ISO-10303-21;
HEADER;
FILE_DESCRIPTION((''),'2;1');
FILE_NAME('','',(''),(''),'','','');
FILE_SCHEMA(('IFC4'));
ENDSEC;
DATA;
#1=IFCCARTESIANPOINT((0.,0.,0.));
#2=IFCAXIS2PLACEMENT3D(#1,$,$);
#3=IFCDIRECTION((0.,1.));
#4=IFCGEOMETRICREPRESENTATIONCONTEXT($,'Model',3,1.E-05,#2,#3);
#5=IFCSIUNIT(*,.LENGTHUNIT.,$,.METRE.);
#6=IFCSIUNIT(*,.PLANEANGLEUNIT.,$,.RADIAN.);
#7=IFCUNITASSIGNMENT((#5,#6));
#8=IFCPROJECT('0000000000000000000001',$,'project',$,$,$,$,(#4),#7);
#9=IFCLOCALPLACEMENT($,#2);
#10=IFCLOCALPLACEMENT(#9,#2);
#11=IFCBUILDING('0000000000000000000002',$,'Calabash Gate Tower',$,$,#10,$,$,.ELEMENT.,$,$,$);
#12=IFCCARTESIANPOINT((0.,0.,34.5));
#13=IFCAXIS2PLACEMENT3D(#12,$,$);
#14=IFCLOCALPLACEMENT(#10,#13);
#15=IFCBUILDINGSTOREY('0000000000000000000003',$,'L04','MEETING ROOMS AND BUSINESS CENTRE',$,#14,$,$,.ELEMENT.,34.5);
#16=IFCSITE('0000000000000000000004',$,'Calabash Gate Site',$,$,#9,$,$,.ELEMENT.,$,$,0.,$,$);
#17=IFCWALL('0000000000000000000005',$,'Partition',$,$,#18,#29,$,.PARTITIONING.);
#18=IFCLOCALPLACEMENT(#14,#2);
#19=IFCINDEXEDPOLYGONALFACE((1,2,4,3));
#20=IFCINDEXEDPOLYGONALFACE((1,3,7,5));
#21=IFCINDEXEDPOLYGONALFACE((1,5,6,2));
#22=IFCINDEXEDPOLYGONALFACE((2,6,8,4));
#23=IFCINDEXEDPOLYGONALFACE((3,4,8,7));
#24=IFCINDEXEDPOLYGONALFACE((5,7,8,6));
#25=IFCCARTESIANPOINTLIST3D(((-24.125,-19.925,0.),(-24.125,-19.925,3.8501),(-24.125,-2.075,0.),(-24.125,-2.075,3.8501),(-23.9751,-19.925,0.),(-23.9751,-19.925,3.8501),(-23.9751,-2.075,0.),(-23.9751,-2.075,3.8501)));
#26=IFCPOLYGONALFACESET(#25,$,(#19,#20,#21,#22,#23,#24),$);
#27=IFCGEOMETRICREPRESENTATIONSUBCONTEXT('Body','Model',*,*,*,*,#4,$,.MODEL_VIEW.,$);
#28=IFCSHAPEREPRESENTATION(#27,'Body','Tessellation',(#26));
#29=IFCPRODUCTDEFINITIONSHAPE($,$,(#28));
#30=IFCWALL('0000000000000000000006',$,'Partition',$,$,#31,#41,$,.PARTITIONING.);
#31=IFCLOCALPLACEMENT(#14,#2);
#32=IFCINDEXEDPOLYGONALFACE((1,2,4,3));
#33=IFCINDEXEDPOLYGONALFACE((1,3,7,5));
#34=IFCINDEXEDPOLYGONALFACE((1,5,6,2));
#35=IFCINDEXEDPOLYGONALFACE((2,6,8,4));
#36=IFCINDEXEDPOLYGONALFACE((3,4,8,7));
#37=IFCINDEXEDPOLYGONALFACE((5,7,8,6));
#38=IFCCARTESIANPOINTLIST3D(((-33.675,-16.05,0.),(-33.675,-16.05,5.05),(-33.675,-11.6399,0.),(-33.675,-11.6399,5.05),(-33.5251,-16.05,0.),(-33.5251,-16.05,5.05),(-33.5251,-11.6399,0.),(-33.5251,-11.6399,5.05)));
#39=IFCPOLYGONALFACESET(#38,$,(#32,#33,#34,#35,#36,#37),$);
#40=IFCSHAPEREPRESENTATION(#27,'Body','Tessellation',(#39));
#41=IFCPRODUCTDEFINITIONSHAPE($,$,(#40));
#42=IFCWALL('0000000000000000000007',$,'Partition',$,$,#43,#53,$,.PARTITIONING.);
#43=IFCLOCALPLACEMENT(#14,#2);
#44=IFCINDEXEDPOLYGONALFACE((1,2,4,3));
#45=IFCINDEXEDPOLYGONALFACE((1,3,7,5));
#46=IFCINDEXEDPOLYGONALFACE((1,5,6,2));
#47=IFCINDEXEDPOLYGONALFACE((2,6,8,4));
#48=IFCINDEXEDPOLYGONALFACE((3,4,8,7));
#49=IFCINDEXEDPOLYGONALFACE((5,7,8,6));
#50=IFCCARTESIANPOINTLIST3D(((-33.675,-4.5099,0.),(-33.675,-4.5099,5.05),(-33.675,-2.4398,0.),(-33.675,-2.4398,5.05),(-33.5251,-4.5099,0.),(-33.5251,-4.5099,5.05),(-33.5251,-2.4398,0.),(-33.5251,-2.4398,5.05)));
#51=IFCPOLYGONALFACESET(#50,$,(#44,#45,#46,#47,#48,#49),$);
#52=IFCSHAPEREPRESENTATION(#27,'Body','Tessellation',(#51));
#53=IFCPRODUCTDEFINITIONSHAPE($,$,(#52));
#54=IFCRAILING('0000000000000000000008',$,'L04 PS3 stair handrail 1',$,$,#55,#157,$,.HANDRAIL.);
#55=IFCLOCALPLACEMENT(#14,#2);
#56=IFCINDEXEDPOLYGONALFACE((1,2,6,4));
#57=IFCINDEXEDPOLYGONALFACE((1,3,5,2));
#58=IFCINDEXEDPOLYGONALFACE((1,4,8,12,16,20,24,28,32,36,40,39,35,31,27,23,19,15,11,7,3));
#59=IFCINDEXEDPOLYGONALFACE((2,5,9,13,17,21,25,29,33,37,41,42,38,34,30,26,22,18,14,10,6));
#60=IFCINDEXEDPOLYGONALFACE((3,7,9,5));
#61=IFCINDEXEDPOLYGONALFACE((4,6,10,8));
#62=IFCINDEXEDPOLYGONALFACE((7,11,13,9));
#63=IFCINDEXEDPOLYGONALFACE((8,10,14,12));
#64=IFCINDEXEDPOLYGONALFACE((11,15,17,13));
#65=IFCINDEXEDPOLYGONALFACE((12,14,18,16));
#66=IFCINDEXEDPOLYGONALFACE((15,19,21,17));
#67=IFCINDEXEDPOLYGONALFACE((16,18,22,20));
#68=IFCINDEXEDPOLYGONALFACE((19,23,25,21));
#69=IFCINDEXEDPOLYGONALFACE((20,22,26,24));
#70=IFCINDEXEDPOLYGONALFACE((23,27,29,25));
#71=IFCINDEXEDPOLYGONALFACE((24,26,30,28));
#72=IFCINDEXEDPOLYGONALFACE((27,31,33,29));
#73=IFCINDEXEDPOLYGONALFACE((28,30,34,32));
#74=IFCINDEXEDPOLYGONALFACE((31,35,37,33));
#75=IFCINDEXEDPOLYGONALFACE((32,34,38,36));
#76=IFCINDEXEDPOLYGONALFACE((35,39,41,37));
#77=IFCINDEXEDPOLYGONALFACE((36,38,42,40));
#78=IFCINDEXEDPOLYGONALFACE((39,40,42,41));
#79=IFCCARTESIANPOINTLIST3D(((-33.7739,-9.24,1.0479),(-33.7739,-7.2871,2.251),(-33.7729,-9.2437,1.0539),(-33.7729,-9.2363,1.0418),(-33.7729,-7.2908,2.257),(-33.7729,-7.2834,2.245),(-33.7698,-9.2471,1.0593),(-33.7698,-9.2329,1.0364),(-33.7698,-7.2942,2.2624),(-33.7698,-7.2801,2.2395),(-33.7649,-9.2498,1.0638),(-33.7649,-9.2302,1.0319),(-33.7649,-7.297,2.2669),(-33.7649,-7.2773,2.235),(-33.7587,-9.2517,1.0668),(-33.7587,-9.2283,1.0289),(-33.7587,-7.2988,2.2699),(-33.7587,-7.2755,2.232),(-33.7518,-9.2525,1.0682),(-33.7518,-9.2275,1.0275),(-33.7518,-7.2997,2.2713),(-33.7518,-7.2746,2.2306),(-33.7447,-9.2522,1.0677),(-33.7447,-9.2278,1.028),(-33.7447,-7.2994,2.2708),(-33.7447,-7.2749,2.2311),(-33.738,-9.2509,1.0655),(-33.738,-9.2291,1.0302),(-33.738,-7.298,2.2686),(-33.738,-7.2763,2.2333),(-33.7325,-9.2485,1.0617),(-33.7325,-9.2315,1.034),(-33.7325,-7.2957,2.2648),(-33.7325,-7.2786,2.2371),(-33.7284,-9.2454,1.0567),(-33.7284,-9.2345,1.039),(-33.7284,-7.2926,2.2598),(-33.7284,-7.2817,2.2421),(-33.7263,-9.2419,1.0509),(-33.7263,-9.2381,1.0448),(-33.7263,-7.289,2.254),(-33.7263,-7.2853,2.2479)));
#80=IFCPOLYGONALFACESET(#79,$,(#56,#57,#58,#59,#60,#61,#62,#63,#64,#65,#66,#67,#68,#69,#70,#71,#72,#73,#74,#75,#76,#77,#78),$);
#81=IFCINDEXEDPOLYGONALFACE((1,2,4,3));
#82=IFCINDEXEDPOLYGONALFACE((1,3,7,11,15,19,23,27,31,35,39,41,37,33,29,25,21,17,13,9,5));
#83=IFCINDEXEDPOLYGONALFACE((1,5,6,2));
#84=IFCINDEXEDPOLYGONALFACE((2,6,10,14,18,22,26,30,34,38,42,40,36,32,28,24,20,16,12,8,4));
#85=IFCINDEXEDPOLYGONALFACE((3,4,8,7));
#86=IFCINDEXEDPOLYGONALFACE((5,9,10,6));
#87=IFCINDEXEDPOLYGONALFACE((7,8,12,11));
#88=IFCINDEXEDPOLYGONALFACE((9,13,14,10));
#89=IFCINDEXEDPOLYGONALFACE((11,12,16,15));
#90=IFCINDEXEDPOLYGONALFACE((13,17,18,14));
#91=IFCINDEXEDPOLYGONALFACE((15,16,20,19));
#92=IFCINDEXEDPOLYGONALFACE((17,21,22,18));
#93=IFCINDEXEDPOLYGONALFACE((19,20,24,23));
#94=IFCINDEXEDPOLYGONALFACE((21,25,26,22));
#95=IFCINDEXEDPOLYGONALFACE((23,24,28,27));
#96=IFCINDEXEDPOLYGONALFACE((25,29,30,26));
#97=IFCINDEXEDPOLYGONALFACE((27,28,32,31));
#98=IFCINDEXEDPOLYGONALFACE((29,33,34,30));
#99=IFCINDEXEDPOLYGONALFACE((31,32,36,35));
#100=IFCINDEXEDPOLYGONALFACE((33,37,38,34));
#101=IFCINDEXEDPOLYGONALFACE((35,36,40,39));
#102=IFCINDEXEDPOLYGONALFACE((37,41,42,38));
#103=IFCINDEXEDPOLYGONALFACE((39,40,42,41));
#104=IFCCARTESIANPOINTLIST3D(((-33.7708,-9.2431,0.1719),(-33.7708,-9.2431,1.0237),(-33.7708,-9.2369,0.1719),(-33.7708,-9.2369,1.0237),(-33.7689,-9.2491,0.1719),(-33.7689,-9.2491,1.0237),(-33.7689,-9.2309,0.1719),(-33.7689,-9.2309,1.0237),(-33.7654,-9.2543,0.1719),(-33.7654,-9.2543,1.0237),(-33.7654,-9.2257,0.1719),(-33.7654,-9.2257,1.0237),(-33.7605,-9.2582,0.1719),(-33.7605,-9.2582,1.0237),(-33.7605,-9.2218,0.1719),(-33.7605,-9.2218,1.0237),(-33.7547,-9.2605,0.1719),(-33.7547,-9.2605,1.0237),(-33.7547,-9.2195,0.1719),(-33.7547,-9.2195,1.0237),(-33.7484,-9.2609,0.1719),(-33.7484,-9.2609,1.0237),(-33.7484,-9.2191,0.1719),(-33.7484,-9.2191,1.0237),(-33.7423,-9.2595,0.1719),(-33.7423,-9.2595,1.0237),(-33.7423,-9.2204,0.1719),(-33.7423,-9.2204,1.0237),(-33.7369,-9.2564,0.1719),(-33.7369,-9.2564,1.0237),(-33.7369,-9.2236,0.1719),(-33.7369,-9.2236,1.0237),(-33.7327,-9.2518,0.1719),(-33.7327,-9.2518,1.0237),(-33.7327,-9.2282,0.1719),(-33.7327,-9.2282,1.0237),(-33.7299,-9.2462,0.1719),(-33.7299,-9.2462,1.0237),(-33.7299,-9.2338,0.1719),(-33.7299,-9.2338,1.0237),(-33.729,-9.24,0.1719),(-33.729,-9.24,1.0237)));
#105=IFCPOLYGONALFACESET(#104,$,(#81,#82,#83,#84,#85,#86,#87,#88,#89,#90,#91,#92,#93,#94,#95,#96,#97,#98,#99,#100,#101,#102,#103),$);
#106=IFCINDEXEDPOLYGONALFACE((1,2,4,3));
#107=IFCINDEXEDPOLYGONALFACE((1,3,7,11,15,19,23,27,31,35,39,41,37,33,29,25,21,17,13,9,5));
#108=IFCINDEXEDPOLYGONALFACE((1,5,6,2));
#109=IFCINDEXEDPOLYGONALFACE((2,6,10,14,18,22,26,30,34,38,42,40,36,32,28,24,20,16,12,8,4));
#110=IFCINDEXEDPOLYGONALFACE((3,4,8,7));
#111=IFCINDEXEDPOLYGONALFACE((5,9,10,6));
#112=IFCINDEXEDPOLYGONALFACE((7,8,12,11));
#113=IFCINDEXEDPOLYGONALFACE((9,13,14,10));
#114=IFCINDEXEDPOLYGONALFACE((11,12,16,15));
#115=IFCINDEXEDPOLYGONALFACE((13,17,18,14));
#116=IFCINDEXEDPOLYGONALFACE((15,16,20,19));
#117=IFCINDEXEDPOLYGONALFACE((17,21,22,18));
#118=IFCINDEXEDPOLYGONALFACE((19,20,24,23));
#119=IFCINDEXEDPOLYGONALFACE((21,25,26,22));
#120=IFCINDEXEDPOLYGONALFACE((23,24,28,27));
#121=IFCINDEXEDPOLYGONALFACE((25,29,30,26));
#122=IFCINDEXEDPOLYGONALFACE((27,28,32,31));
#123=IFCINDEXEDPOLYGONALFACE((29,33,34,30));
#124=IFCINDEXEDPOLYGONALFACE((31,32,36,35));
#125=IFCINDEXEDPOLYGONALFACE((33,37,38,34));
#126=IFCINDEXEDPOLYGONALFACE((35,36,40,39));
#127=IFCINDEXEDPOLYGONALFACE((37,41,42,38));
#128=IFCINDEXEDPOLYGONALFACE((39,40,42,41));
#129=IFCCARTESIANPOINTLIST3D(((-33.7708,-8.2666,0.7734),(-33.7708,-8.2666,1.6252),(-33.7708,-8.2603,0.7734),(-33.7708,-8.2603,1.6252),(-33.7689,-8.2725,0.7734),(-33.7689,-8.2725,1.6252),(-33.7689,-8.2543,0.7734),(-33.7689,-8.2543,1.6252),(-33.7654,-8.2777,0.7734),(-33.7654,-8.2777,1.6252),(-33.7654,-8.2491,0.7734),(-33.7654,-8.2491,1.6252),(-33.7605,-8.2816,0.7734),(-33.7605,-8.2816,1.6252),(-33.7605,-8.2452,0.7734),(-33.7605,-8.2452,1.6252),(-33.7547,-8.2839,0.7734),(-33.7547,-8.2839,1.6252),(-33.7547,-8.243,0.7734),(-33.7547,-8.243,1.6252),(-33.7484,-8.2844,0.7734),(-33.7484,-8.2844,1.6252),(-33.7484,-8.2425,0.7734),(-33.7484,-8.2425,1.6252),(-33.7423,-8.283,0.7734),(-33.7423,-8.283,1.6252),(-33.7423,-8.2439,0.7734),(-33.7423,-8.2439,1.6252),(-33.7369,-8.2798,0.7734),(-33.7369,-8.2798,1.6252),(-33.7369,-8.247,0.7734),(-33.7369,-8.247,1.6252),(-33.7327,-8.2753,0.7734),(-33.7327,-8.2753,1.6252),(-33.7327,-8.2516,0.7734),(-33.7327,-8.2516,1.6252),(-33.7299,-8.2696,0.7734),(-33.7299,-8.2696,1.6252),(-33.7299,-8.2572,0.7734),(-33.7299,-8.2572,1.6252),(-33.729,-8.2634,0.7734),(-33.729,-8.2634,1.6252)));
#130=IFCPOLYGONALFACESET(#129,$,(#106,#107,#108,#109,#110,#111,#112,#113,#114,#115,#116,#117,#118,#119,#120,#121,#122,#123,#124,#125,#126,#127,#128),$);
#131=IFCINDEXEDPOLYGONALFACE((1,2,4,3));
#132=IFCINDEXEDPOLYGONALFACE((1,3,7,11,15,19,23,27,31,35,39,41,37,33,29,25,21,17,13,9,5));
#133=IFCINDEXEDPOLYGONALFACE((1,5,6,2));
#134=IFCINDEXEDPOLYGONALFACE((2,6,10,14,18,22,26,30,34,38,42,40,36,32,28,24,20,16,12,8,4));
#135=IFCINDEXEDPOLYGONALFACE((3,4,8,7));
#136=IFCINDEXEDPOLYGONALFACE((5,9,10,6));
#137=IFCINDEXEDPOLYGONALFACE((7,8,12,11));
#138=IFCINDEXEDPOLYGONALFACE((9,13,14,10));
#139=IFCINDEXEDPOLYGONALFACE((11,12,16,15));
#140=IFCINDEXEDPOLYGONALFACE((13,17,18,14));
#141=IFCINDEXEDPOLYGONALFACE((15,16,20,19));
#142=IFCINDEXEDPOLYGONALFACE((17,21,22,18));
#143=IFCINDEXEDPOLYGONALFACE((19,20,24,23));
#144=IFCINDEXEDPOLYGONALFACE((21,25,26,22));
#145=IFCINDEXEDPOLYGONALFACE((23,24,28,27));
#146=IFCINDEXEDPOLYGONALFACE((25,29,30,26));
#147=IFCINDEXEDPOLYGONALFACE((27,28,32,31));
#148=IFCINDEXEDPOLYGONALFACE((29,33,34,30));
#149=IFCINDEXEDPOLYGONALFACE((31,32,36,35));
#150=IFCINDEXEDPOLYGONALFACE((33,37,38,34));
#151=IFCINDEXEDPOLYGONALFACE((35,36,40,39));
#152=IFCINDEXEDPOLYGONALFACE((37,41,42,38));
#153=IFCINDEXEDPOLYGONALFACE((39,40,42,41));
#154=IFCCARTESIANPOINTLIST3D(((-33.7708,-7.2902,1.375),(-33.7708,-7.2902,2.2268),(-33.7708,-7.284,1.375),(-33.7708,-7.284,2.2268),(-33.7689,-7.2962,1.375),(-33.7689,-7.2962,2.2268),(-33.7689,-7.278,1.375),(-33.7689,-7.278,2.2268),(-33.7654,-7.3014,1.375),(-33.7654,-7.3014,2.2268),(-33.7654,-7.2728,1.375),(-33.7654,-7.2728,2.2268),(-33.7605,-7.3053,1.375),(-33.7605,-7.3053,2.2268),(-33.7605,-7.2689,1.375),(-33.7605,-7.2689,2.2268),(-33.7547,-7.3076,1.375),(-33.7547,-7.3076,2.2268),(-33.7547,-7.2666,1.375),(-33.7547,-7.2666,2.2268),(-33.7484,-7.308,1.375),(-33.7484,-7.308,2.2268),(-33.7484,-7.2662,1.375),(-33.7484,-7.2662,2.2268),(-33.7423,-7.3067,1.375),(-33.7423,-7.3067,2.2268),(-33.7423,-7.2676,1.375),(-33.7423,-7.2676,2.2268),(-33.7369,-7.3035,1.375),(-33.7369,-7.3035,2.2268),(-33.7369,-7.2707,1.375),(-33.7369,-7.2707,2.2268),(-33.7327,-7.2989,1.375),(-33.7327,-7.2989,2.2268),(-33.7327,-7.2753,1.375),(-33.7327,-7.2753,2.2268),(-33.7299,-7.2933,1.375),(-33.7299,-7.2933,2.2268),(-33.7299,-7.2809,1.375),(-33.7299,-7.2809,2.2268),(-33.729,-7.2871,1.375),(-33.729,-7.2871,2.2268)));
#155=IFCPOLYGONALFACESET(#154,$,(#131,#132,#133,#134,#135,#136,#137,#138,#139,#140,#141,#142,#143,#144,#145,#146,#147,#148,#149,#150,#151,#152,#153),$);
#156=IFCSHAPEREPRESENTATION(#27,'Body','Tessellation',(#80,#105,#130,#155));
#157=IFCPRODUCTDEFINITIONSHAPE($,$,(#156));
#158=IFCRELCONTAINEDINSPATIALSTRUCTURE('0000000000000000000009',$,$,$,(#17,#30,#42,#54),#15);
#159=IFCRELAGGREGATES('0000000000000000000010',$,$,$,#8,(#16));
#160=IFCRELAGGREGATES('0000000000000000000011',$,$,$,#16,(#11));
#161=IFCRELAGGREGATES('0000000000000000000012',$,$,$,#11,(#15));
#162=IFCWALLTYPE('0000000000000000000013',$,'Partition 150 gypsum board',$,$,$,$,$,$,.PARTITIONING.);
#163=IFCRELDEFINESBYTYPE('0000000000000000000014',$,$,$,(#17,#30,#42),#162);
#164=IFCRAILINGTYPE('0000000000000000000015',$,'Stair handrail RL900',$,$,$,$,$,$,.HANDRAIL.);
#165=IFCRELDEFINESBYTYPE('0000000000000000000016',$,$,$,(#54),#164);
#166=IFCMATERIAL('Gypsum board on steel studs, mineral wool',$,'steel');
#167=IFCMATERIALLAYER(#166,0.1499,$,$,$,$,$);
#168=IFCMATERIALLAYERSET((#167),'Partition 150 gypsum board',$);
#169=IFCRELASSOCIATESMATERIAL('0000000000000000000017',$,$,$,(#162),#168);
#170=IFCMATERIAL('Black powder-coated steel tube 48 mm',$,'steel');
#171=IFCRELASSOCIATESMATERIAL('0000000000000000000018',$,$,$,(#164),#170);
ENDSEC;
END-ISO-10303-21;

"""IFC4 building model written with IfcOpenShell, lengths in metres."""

from ifc_helpers import new_model, si_unit, direction, frame, frame_2d, origin, origin_2d, place, context, subcontext, project, spatial, rectangle, circle, extrude, material, layer, layer_set, type_object, element, save


model = new_model("IFC4")

# Units and contexts
model_context = context("Model", 3, precision=1e-05, world=origin(), true_north=direction((0.0, 1.0)))
body_context = subcontext(model_context, "Body", "Model", "MODEL_VIEW")
ifc_project = project(units=[si_unit("LENGTHUNIT", "METRE"), si_unit("PLANEANGLEUNIT", "RADIAN")], contexts=[model_context])

# Site, building, storey
site_placement = place(None, origin())
site = spatial("IfcSite", under=ifc_project, at=site_placement, Name="Calabash Gate Site", CompositionType="ELEMENT", RefElevation=0.0)
building_placement = place(site_placement, origin())
building = spatial("IfcBuilding", under=site, at=building_placement, Name="Calabash Gate Tower", CompositionType="ELEMENT")
storey_placement = place(building_placement, frame((0.0, 0.0, 34.5)))
storey = spatial("IfcBuildingStorey", under=building, at=storey_placement, Name="L04", Description="MEETING ROOMS AND BUSINESS CENTRE", CompositionType="ELEMENT", Elevation=34.5)

# Shared definitions
ifc_material_1 = material(Name="Gypsum board on steel studs, mineral wool", Category="steel")
ifc_layer_1 = layer(ifc_material_1, 0.1499)
ifc_layer_set_1 = layer_set([ifc_layer_1], Name="Partition 150 gypsum board")
wall_type_1 = type_object("IfcWallType", Name="Partition 150 gypsum board", PredefinedType="PARTITIONING", material=ifc_layer_set_1)

# Walls
wall_1_placement = place(storey_placement, frame((-24.05, -19.925, 0.0), z_axis=(0.0, 0.0, 1.0), x_axis=(0.0, 1.0, 0.0)))
element("IfcWall", 1, at=wall_1_placement, inside=storey, type_object=wall_type_1, Name="Partition", PredefinedType="PARTITIONING", context=body_context, shape_type="SweptSolid", body=[
    extrude(rectangle(XDim=17.8501, YDim=0.1499, at=frame_2d((8.925, 0.0))), origin(), (0.0, 0.0, 1.0), 3.8501),
])
wall_2_placement = place(storey_placement, frame((-33.6001, -16.05, 0.0), z_axis=(0.0, 0.0, 1.0), x_axis=(0.0, 1.0, 0.0)))
element("IfcWall", 2, at=wall_2_placement, inside=storey, type_object=wall_type_1, Name="Partition", PredefinedType="PARTITIONING", context=body_context, shape_type="SweptSolid", body=[
    extrude(rectangle(XDim=4.4102, YDim=0.1499, at=frame_2d((2.2051, 0.0))), origin(), (0.0, 0.0, 1.0), 5.05),
])
wall_3_placement = place(storey_placement, frame((-33.6001, -4.51, 0.0), z_axis=(0.0, 0.0, 1.0), x_axis=(0.0, 1.0, 0.0)))
element("IfcWall", 3, at=wall_3_placement, inside=storey, type_object=wall_type_1, Name="Partition", PredefinedType="PARTITIONING", context=body_context, shape_type="SweptSolid", body=[
    extrude(rectangle(XDim=2.0701, YDim=0.1499, at=frame_2d((1.0352, 0.0))), origin(), (0.0, 0.0, 1.0), 5.05),
])

# Railing
ifc_material_2 = material(Name="Black powder-coated steel tube 48 mm", Category="steel")
railing_type = type_object("IfcRailingType", Name="Stair handrail RL900", PredefinedType="HANDRAIL", material=ifc_material_2)
for number, where, name in (
    (4, (-33.75, -9.24, 0.1719), "L04 PS3 stair handrail 1"),
):
    element("IfcRailing", number, at=place(storey_placement, frame(where)), inside=storey, type_object=railing_type, Name=name, PredefinedType="HANDRAIL", context=body_context, shape_type="SweptSolid", body=[
        extrude(circle(Radius=0.0239, at=origin_2d()), frame((0.0, 0.0, 0.876), z_axis=(0.0, 0.851395, 0.524525), x_axis=(-1.0, 0.0, 0.0)), (0.0, 0.0, 1.0), 2.2937),
        extrude(circle(Radius=0.021, at=origin_2d()), origin(), (0.0, 0.0, 1.0), 0.8518),
        extrude(circle(Radius=0.021, at=origin_2d()), frame((0.0, 0.9766, 0.6016)), (0.0, 0.0, 1.0), 0.8518),
        extrude(circle(Radius=0.021, at=origin_2d()), frame((0.0, 1.9529, 1.2031)), (0.0, 0.0, 1.0), 0.8518),
    ])

save(model, "model.ifc")
